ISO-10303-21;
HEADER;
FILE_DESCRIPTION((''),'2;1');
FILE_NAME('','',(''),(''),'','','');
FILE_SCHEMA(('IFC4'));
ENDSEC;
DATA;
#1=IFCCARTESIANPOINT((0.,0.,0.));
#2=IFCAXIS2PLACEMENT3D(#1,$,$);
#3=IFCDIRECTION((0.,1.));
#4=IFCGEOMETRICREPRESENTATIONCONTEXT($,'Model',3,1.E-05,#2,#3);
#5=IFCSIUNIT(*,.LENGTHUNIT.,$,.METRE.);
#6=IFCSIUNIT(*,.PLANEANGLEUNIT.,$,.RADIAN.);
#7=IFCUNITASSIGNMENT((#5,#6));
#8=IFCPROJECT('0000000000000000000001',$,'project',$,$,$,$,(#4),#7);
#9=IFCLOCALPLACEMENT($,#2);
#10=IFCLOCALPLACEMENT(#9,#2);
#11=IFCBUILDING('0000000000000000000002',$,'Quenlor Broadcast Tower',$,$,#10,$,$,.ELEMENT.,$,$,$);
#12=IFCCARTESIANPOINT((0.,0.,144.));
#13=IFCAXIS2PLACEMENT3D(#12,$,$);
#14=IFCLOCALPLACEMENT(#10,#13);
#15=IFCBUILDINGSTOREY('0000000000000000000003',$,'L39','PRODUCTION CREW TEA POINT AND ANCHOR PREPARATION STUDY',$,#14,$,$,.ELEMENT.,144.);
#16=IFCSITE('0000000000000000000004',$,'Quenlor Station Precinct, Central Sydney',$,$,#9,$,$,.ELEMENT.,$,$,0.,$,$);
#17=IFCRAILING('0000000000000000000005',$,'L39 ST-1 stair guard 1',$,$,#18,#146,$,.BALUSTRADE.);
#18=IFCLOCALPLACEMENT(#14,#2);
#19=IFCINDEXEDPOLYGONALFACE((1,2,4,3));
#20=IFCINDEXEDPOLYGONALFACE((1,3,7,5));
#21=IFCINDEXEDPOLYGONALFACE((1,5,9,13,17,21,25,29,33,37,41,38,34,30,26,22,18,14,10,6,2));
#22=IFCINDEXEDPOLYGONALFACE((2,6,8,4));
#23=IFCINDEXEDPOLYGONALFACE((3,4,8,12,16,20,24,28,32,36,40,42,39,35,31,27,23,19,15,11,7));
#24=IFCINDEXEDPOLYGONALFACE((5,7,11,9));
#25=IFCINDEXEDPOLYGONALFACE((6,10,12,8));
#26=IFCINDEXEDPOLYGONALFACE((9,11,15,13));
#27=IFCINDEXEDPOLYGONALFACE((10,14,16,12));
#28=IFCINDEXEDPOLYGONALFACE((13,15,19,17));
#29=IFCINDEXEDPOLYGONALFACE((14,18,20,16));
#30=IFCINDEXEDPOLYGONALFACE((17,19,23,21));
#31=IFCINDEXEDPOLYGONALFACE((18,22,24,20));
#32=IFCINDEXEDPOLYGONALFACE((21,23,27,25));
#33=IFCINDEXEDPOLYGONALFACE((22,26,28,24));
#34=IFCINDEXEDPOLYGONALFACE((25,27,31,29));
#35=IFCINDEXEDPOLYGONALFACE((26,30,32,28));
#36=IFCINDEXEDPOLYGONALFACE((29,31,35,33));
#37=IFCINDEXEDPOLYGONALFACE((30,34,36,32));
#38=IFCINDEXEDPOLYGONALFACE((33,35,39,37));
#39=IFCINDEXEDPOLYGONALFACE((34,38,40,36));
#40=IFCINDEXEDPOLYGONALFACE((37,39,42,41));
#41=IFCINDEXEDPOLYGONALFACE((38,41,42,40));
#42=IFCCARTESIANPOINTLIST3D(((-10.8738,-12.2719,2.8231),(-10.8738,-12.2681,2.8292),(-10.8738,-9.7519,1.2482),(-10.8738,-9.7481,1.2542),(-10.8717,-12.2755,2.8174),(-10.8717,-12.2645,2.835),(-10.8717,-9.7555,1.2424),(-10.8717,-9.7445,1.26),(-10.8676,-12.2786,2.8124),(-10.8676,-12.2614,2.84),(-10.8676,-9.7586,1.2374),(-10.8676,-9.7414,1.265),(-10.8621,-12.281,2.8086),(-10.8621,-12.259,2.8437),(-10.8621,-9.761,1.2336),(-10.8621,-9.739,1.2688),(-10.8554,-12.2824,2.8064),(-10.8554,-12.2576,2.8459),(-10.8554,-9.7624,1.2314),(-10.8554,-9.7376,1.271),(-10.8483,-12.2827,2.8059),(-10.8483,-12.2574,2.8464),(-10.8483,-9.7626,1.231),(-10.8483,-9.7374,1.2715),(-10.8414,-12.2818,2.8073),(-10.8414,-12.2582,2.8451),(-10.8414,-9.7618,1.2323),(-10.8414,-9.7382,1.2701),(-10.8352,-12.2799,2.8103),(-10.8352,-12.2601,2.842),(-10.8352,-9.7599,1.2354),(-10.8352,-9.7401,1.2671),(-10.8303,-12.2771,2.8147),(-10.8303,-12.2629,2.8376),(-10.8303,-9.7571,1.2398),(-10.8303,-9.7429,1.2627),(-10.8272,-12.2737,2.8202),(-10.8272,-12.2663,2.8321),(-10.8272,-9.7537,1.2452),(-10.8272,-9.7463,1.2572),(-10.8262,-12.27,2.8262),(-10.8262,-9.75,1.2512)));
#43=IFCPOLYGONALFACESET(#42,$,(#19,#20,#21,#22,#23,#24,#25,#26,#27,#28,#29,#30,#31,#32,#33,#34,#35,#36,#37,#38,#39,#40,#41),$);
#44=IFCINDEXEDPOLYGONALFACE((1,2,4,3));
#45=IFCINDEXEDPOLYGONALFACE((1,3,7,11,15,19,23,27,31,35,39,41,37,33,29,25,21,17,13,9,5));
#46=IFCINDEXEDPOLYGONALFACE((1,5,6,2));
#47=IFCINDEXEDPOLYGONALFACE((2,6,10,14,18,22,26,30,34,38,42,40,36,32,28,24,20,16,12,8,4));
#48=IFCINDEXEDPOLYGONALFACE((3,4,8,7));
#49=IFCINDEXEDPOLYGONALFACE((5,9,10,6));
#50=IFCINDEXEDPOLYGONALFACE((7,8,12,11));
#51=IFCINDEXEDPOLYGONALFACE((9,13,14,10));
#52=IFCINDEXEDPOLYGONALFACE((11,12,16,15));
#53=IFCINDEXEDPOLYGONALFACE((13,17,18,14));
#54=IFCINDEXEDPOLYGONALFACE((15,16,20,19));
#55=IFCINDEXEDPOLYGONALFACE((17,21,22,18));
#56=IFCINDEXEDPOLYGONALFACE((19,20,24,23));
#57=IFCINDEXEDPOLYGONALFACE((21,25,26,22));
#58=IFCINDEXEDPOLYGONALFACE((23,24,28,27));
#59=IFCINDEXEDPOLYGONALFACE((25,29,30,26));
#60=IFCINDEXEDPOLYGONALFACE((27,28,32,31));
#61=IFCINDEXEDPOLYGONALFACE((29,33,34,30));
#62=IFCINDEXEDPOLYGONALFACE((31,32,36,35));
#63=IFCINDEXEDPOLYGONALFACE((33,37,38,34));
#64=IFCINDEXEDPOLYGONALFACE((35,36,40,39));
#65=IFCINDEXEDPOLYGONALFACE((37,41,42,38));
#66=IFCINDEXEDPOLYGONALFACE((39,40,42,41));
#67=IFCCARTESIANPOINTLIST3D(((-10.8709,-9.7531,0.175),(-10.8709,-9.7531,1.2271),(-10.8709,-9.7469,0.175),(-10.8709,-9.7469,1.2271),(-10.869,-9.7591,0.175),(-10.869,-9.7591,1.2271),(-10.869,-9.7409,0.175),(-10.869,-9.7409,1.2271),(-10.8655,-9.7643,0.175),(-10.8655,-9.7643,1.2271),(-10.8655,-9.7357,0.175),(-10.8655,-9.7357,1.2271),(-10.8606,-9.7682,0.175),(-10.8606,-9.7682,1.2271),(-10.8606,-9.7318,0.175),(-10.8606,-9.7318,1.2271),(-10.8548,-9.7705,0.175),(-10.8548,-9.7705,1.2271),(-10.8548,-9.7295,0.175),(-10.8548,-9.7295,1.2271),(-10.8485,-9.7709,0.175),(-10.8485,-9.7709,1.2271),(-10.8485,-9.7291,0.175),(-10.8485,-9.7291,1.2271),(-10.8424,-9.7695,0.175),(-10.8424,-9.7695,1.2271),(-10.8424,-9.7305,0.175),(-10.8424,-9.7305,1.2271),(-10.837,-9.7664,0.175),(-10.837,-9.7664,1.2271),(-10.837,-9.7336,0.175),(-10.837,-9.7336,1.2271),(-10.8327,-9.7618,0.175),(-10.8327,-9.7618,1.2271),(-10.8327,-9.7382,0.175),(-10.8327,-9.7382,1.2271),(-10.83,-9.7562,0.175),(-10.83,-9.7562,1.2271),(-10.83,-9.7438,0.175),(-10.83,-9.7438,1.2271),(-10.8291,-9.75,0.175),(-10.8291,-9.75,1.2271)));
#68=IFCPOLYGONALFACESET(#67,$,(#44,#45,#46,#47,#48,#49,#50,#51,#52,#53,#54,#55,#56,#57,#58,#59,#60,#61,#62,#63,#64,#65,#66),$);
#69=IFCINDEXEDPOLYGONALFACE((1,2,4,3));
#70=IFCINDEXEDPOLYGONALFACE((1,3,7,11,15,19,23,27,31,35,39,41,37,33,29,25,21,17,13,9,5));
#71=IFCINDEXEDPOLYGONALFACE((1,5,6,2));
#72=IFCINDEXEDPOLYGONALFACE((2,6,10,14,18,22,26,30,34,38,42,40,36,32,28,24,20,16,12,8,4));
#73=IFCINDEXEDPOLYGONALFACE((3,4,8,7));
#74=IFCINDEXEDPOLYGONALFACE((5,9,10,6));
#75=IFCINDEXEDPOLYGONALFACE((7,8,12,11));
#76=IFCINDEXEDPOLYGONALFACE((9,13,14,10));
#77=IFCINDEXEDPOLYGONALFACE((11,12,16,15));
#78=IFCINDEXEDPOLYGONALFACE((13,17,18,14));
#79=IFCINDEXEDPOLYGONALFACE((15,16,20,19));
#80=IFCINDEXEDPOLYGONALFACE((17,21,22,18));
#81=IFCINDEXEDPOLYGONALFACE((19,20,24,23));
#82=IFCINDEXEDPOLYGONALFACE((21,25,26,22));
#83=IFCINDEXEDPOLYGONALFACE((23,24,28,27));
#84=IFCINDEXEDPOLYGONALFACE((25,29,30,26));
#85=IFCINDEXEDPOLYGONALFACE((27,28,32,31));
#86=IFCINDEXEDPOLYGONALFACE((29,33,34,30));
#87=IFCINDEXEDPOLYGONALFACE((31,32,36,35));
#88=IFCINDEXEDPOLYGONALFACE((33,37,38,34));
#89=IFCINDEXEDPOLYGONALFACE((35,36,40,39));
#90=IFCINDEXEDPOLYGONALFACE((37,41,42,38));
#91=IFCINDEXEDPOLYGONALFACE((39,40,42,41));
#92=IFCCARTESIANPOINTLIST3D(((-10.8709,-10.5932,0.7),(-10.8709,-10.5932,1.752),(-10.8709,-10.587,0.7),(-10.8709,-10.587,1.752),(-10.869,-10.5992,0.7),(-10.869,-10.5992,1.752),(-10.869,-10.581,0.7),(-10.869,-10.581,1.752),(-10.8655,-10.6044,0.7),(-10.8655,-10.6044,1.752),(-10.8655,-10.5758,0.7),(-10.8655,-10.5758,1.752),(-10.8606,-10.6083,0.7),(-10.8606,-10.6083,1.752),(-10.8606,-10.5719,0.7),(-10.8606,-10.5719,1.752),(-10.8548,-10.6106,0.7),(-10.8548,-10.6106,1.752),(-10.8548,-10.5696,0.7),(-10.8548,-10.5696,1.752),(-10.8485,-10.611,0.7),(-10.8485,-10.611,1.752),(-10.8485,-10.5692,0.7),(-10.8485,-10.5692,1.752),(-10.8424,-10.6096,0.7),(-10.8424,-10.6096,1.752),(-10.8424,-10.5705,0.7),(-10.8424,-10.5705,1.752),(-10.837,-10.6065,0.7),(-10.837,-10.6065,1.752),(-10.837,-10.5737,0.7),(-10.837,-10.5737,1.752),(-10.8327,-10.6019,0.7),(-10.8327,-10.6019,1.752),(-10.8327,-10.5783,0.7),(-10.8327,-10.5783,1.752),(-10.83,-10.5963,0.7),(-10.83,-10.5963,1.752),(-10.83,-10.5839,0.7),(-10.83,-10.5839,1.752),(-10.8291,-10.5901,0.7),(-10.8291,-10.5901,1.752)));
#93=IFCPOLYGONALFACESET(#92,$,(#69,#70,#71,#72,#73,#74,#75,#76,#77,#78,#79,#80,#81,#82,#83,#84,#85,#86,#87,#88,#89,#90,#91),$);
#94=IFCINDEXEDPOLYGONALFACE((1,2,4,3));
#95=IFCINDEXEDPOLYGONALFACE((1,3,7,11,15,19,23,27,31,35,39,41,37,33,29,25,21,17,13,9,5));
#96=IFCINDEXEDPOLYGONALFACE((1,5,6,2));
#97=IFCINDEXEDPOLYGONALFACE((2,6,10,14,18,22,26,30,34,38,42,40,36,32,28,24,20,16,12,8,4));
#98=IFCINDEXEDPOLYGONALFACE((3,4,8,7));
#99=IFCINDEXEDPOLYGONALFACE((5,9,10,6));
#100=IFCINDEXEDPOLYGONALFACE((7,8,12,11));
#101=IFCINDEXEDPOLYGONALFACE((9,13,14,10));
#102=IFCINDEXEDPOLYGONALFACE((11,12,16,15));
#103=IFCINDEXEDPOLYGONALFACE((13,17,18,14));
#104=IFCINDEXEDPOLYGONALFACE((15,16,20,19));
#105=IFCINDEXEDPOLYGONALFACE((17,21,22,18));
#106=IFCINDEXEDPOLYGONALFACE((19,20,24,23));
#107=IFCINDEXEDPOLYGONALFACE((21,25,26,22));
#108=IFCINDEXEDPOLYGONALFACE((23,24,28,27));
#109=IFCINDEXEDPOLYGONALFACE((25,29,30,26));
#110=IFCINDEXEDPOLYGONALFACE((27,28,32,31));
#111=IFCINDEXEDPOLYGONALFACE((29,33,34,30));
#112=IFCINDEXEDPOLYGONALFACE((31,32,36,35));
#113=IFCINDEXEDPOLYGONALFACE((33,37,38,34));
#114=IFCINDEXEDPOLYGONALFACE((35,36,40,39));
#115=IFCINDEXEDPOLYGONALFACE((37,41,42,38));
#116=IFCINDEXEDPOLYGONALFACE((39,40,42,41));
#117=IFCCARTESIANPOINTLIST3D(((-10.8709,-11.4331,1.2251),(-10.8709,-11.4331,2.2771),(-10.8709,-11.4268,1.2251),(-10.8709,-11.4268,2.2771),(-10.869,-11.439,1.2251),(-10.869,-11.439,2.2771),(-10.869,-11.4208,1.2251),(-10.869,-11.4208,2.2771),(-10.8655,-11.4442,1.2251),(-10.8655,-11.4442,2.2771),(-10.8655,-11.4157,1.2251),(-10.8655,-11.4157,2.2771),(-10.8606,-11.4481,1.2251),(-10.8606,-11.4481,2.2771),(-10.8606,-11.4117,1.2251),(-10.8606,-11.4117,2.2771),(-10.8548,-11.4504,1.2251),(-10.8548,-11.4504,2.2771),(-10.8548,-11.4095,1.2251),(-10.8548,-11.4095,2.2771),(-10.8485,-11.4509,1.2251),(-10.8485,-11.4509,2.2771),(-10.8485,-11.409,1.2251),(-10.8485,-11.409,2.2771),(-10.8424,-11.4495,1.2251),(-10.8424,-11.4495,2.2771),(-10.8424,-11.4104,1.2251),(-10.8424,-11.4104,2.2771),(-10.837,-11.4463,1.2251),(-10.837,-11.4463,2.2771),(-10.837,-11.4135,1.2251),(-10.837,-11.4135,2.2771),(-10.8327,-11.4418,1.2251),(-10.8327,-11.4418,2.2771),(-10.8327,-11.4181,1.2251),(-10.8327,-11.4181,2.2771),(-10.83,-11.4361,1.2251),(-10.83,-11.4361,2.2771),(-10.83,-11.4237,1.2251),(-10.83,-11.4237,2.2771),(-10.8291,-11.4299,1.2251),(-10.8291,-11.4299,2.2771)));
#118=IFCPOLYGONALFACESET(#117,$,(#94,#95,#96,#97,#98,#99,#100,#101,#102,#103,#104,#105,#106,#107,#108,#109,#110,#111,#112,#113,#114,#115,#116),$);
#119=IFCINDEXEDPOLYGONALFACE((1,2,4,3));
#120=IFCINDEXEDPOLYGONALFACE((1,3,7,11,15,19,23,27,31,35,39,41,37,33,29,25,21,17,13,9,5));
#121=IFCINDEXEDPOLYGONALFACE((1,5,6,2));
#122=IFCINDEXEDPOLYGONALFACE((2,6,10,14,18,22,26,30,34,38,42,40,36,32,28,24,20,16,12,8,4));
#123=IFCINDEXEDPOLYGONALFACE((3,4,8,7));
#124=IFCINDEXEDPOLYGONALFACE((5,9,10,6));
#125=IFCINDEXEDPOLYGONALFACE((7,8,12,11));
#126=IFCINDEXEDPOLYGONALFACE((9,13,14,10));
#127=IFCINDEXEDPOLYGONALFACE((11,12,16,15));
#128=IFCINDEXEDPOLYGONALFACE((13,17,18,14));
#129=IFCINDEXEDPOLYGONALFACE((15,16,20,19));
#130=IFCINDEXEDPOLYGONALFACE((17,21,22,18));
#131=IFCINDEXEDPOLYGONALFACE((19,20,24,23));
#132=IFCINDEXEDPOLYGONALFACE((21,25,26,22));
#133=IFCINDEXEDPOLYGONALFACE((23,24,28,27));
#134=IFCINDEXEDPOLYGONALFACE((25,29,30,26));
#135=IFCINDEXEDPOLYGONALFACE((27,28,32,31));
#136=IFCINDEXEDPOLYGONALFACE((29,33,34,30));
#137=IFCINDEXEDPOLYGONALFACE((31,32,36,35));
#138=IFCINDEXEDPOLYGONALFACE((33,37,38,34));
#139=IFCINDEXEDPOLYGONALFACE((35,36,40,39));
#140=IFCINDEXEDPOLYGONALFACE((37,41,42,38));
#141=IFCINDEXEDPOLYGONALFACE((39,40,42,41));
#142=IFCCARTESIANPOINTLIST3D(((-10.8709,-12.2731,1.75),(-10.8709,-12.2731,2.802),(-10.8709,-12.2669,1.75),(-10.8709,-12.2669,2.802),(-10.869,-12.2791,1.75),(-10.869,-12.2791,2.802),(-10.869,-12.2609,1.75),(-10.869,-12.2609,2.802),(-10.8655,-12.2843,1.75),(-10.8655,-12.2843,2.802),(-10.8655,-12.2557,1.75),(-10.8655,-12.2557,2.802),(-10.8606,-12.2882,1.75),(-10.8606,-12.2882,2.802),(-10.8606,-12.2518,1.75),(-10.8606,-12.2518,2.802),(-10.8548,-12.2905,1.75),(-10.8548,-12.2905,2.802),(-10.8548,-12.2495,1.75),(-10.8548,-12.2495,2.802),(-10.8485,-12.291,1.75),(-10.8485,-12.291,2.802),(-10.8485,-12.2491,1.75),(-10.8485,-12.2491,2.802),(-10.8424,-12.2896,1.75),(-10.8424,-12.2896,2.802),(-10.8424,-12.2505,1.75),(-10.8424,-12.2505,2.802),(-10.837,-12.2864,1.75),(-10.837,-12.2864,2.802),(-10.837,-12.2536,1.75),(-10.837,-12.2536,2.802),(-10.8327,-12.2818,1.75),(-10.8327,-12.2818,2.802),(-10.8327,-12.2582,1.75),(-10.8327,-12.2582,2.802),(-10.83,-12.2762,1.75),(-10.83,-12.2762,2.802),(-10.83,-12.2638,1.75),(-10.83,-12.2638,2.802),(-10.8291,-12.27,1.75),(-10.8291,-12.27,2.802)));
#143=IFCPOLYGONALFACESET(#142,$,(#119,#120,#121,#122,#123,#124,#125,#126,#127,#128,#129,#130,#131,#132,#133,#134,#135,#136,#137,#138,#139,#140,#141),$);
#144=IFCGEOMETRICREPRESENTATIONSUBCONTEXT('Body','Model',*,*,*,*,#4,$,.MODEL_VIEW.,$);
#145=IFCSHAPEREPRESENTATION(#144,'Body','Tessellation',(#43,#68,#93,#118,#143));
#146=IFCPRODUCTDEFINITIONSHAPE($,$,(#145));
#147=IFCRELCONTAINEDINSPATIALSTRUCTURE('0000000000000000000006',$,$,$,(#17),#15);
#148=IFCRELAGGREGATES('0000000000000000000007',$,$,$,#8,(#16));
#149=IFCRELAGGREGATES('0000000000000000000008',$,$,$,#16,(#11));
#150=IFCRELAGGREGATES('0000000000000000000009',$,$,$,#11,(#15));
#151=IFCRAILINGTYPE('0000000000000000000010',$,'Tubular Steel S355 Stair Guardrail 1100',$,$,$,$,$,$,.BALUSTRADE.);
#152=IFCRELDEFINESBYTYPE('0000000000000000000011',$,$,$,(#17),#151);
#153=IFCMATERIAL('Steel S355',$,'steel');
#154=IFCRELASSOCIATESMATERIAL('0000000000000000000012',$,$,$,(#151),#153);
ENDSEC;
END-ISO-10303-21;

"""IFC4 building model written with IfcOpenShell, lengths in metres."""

from ifc_helpers import new_model, si_unit, direction, frame, origin, origin_2d, place, context, subcontext, project, spatial, circle, extrude, material, type_object, element, save


model = new_model("IFC4")

# Units and contexts
model_context = context("Model", 3, precision=1e-05, world=origin(), true_north=direction((0.0, 1.0)))
body_context = subcontext(model_context, "Body", "Model", "MODEL_VIEW")
ifc_project = project(units=[si_unit("LENGTHUNIT", "METRE"), si_unit("PLANEANGLEUNIT", "RADIAN")], contexts=[model_context])

# Site, building, storey
site_placement = place(None, origin())
site = spatial("IfcSite", under=ifc_project, at=site_placement, Name="Quenlor Station Precinct, Central Sydney", CompositionType="ELEMENT", RefElevation=0.0)
building_placement = place(site_placement, origin())
building = spatial("IfcBuilding", under=site, at=building_placement, Name="Quenlor Broadcast Tower", CompositionType="ELEMENT")
storey_placement = place(building_placement, frame((0.0, 0.0, 144.0)))
storey = spatial("IfcBuildingStorey", under=building, at=storey_placement, Name="L39", Description="PRODUCTION CREW TEA POINT AND ANCHOR PREPARATION STUDY", CompositionType="ELEMENT", Elevation=144.0)

# Railing
ifc_material_1 = material(Name="Steel S355", Category="steel")
railing_type_1 = type_object("IfcRailingType", Name="Tubular Steel S355 Stair Guardrail 1100", PredefinedType="BALUSTRADE", material=ifc_material_1)
railing_1_placement = place(storey_placement, frame((-10.8501, -9.75, 0.175)))
element("IfcRailing", 1, at=railing_1_placement, inside=storey, type_object=railing_type_1, Name="L39 ST-1 stair guard 1", PredefinedType="BALUSTRADE", context=body_context, shape_type="SweptSolid", body=[
    extrude(circle(Radius=0.0239, at=origin_2d()), frame((0.0, 0.0, 1.0762), z_axis=(0.0, -0.848008, 0.529984), x_axis=(1.0, 0.0, 0.0)), (0.0, 0.0, 1.0), 2.9717),
    extrude(circle(Radius=0.021, at=origin_2d()), origin(), (0.0, 0.0, 1.0), 1.052),
    extrude(circle(Radius=0.021, at=origin_2d()), frame((0.0, -0.8401, 0.5249)), (0.0, 0.0, 1.0), 1.052),
    extrude(circle(Radius=0.021, at=origin_2d()), frame((0.0, -1.6799, 1.05)), (0.0, 0.0, 1.0), 1.052),
    extrude(circle(Radius=0.021, at=origin_2d()), frame((0.0, -2.52, 1.575)), (0.0, 0.0, 1.0), 1.052),
])

save(model, "model.ifc")
